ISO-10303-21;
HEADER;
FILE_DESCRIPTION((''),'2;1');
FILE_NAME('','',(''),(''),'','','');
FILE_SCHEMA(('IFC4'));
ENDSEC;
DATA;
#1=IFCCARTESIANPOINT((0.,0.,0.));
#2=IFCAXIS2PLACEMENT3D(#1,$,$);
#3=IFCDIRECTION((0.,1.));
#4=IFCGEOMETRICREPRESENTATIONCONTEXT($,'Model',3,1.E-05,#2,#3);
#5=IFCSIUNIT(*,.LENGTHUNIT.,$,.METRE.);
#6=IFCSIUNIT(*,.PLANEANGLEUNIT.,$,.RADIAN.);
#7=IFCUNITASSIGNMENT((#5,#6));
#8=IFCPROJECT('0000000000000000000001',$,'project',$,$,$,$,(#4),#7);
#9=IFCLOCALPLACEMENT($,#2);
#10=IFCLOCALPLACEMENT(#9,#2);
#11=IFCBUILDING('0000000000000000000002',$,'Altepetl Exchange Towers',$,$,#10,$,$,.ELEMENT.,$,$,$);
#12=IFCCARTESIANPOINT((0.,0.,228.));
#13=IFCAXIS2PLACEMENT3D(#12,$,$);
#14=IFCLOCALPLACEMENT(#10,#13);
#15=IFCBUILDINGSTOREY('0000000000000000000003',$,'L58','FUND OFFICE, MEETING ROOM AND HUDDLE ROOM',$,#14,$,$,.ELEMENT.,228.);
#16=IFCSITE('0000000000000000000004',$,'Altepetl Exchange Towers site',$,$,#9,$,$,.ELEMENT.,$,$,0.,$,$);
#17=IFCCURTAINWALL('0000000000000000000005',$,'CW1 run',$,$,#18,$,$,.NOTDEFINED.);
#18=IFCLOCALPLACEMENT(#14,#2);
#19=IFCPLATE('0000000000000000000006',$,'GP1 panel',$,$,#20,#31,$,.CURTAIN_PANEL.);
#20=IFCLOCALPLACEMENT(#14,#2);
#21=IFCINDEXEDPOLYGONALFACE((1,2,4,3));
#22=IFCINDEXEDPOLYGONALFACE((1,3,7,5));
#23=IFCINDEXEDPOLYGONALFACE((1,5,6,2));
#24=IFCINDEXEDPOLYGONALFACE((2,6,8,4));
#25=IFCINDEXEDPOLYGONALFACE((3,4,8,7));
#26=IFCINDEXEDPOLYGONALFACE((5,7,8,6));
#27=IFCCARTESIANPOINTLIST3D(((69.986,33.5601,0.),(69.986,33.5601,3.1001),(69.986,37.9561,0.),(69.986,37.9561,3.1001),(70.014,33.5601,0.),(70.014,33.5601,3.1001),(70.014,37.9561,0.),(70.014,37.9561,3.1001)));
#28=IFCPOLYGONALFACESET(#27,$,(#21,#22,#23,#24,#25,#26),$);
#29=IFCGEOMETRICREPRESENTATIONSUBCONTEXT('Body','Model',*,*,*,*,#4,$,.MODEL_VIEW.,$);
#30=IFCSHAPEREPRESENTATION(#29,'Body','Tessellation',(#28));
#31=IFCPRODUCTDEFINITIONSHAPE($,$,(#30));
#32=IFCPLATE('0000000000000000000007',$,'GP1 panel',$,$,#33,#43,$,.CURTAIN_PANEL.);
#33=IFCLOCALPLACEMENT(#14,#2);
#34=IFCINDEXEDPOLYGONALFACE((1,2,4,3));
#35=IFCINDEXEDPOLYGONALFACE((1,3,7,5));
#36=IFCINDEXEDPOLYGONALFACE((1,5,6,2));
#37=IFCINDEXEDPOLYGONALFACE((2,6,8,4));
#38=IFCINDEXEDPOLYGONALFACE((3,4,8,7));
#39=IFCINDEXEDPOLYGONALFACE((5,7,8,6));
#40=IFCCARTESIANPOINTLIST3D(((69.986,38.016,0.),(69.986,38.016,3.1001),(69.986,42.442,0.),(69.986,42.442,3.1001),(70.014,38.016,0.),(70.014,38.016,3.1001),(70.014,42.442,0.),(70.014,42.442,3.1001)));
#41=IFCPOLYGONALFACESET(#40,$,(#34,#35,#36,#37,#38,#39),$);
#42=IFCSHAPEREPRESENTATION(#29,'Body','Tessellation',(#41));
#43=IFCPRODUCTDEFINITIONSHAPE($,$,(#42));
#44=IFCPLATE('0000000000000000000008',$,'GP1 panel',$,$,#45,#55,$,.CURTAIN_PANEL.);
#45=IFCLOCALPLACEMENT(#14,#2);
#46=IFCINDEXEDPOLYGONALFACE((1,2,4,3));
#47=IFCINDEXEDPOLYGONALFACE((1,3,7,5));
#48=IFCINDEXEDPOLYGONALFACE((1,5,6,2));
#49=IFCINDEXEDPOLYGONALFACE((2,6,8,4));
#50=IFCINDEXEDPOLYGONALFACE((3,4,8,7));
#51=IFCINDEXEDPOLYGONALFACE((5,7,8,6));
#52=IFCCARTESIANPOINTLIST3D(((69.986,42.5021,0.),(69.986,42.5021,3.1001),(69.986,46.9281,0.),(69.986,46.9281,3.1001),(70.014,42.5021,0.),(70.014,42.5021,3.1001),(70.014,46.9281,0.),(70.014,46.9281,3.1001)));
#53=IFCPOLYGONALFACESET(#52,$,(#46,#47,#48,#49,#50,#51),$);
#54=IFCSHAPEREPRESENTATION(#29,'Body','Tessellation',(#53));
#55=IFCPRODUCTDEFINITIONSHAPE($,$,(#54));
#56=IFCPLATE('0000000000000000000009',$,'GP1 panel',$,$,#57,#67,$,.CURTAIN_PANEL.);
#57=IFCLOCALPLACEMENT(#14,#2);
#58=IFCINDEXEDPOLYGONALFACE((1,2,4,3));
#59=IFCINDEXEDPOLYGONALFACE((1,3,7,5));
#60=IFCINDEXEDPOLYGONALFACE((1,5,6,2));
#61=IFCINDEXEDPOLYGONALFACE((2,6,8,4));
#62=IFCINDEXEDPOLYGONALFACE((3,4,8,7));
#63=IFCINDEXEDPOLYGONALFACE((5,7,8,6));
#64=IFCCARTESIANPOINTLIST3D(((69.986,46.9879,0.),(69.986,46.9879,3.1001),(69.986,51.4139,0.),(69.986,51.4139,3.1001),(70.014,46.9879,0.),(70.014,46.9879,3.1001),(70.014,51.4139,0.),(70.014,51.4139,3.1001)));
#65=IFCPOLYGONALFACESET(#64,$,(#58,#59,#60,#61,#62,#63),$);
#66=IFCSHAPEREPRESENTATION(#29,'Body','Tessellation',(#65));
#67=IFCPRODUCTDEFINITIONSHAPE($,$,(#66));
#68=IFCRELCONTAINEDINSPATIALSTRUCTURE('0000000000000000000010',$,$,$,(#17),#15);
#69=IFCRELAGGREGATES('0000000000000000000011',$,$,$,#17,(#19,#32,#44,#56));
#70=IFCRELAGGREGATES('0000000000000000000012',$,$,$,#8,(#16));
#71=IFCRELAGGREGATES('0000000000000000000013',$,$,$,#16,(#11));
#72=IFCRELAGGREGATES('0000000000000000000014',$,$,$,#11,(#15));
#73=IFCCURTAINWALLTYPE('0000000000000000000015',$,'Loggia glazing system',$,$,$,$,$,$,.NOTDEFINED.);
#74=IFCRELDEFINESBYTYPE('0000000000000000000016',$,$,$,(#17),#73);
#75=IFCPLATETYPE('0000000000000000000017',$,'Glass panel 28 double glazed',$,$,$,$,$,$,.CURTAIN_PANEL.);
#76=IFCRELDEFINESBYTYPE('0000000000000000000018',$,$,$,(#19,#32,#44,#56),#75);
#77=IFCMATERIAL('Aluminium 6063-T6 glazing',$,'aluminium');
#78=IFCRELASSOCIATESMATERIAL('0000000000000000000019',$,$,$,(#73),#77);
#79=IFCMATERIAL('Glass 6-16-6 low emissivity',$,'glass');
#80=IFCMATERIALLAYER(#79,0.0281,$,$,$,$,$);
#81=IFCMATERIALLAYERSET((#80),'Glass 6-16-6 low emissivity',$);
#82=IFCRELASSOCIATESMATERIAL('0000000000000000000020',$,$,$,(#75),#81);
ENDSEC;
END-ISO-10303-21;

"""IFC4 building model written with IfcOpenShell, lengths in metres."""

from ifc_helpers import new_model, si_unit, direction, frame, origin, origin_2d, place, context, subcontext, project, spatial, rectangle, extrude, material, layer, layer_set, type_object, element, aggregate, save


model = new_model("IFC4")

# Units and contexts
model_context = context("Model", 3, precision=1e-05, world=origin(), true_north=direction((0.0, 1.0)))
body_context = subcontext(model_context, "Body", "Model", "MODEL_VIEW")
ifc_project = project(units=[si_unit("LENGTHUNIT", "METRE"), si_unit("PLANEANGLEUNIT", "RADIAN")], contexts=[model_context])

# Site, building, storey
site_placement = place(None, origin())
site = spatial("IfcSite", under=ifc_project, at=site_placement, Name="Altepetl Exchange Towers site", CompositionType="ELEMENT", RefElevation=0.0)
building_placement = place(site_placement, origin())
building = spatial("IfcBuilding", under=site, at=building_placement, Name="Altepetl Exchange Towers", CompositionType="ELEMENT")
storey_placement = place(building_placement, frame((0.0, 0.0, 228.0)))
storey = spatial("IfcBuildingStorey", under=building, at=storey_placement, Name="L58", Description="FUND OFFICE, MEETING ROOM AND HUDDLE ROOM", CompositionType="ELEMENT", Elevation=228.0)

# Curtain wall
ifc_material_1 = material(Name="Aluminium 6063-T6 glazing", Category="aluminium")
curtain_wall_type = type_object("IfcCurtainWallType", Name="Loggia glazing system", PredefinedType="NOTDEFINED", material=ifc_material_1)
curtain_wall_1_placement = place(storey_placement, origin())
curtain_wall_1 = element("IfcCurtainWall", 1, at=curtain_wall_1_placement, inside=storey, type_object=curtain_wall_type, Name="CW1 run", PredefinedType="NOTDEFINED")

# Plates
ifc_material_2 = material(Name="Glass 6-16-6 low emissivity", Category="glass")
ifc_layer = layer(ifc_material_2, 0.0281)
ifc_layer_set = layer_set([ifc_layer], Name="Glass 6-16-6 low emissivity")
plate_type = type_object("IfcPlateType", Name="Glass panel 28 double glazed", PredefinedType="CURTAIN_PANEL", material=ifc_layer_set)
plate_1_placement = place(storey_placement, frame((70.0, 35.7581, 0.0), z_axis=(0.0, 0.0, 1.0), x_axis=(0.0, 1.0, 0.0)))
plate_1 = element("IfcPlate", 2, at=plate_1_placement, type_object=plate_type, Name="GP1 panel", PredefinedType="CURTAIN_PANEL", context=body_context, shape_type="SweptSolid", body=[
    extrude(rectangle(XDim=4.396, YDim=0.0281, at=origin_2d()), origin(), (0.0, 0.0, 1.0), 3.1001),
])
plate_2_placement = place(storey_placement, frame((70.0, 40.229, 0.0), z_axis=(0.0, 0.0, 1.0), x_axis=(0.0, 1.0, 0.0)))
plate_2 = element("IfcPlate", 3, at=plate_2_placement, type_object=plate_type, Name="GP1 panel", PredefinedType="CURTAIN_PANEL", context=body_context, shape_type="SweptSolid", body=[
    extrude(rectangle(XDim=4.426, YDim=0.0281, at=origin_2d()), origin(), (0.0, 0.0, 1.0), 3.1001),
])
plate_3_placement = place(storey_placement, frame((70.0, 44.7151, 0.0), z_axis=(0.0, 0.0, 1.0), x_axis=(0.0, 1.0, 0.0)))
plate_3 = element("IfcPlate", 4, at=plate_3_placement, type_object=plate_type, Name="GP1 panel", PredefinedType="CURTAIN_PANEL", context=body_context, shape_type="SweptSolid", body=[
    extrude(rectangle(XDim=4.426, YDim=0.0281, at=origin_2d()), origin(), (0.0, 0.0, 1.0), 3.1001),
])
plate_4_placement = place(storey_placement, frame((70.0, 49.2009, 0.0), z_axis=(0.0, 0.0, 1.0), x_axis=(0.0, 1.0, 0.0)))
plate_4 = element("IfcPlate", 5, at=plate_4_placement, type_object=plate_type, Name="GP1 panel", PredefinedType="CURTAIN_PANEL", context=body_context, shape_type="SweptSolid", body=[
    extrude(rectangle(XDim=4.426, YDim=0.0281, at=origin_2d()), origin(), (0.0, 0.0, 1.0), 3.1001),
])
aggregate(curtain_wall_1, [plate_1, plate_2, plate_3, plate_4])

save(model, "model.ifc")
